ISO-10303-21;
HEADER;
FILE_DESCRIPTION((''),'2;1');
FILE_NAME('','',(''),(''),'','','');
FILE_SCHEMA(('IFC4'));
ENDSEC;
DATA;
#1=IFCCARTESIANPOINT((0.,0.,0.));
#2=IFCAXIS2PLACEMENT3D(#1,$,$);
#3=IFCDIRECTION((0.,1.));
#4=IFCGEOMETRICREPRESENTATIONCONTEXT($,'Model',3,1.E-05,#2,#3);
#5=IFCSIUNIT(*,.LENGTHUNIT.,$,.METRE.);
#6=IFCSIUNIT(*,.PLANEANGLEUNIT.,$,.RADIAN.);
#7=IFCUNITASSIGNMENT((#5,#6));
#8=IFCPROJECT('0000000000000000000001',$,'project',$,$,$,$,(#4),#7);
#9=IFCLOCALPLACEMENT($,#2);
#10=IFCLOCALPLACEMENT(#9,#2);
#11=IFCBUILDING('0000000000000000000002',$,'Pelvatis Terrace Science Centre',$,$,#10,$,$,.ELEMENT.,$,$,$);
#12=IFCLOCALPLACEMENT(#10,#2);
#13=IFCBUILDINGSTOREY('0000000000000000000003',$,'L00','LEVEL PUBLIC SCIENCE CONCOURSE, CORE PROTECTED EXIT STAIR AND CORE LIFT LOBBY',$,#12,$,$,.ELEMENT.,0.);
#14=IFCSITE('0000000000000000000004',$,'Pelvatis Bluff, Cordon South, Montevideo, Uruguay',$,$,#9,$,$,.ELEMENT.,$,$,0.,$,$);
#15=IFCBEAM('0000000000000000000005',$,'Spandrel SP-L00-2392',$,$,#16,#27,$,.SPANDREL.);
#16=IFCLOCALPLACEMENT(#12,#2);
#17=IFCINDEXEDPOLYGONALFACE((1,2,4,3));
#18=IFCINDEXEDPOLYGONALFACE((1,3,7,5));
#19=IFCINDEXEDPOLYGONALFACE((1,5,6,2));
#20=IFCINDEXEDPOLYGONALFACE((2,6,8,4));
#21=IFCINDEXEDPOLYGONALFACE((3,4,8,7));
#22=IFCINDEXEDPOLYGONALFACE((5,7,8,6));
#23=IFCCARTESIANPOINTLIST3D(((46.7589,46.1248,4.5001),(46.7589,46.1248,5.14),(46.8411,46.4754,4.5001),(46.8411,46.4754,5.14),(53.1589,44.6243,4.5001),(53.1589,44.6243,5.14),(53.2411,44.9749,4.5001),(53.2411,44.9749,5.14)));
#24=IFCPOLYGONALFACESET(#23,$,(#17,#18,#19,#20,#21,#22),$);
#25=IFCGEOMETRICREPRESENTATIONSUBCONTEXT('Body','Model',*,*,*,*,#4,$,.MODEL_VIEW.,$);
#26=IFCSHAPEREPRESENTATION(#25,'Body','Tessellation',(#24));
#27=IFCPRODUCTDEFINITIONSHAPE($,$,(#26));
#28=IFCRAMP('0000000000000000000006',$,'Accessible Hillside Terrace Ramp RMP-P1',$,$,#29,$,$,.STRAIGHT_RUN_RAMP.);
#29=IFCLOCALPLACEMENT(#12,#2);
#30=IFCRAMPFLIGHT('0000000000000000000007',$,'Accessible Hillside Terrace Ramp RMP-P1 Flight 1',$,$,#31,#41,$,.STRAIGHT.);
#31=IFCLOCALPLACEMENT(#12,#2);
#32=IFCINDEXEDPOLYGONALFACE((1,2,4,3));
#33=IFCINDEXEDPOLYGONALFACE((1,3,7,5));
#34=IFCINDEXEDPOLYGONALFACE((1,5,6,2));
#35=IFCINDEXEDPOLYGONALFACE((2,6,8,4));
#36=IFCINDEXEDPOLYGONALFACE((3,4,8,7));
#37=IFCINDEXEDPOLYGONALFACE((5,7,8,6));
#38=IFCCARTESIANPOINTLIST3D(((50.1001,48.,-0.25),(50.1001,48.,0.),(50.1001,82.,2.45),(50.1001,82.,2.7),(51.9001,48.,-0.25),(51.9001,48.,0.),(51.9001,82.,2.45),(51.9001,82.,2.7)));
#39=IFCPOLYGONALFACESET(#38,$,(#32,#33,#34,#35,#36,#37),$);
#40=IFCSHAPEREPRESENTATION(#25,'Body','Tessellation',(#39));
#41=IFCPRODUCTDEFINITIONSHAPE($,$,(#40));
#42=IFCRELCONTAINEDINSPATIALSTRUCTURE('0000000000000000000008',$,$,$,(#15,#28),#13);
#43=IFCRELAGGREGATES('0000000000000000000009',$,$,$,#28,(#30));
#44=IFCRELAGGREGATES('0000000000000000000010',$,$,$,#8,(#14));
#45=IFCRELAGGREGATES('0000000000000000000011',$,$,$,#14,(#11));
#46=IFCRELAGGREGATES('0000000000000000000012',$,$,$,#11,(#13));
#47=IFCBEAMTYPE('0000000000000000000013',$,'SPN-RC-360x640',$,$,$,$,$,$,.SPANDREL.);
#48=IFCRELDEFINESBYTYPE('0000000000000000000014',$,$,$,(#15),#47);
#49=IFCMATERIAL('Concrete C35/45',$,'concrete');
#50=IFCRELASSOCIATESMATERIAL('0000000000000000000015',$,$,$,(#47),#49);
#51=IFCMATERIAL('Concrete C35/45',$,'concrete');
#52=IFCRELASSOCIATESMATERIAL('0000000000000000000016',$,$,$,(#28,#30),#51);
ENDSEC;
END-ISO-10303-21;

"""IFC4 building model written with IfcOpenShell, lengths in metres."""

from ifc_helpers import new_model, si_unit, direction, frame, origin, origin_2d, place, context, subcontext, project, spatial, polyline, rectangle, outline, extrude, material, material_profile, profile_set, type_object, element, aggregate, save


model = new_model("IFC4")

# Units and contexts
model_context = context("Model", 3, precision=1e-05, world=origin(), true_north=direction((0.0, 1.0)))
body_context = subcontext(model_context, "Body", "Model", "MODEL_VIEW")
ifc_project = project(units=[si_unit("LENGTHUNIT", "METRE"), si_unit("PLANEANGLEUNIT", "RADIAN")], contexts=[model_context])

# Site, building, storey
site_placement = place(None, origin())
site = spatial("IfcSite", under=ifc_project, at=site_placement, Name="Pelvatis Bluff, Cordon South, Montevideo, Uruguay", CompositionType="ELEMENT", RefElevation=0.0)
building_placement = place(site_placement, origin())
building = spatial("IfcBuilding", under=site, at=building_placement, Name="Pelvatis Terrace Science Centre", CompositionType="ELEMENT")
storey_placement = place(building_placement, origin())
storey = spatial("IfcBuildingStorey", under=building, at=storey_placement, Name="L00", Description="LEVEL PUBLIC SCIENCE CONCOURSE, CORE PROTECTED EXIT STAIR AND CORE LIFT LOBBY", CompositionType="ELEMENT", Elevation=0.0)

# Beam
ifc_material_1 = material(Name="Concrete C35/45", Category="concrete")
ifc_material_profile_1 = material_profile(ifc_material_1, rectangle(XDim=0.3601, YDim=0.6399, at=origin_2d()), Name="RC-SPN 360x640")
ifc_profile_set_1 = profile_set([ifc_material_profile_1], Name="Concrete C35/45")
beam_type_1 = type_object("IfcBeamType", Name="SPN-RC-360x640", PredefinedType="SPANDREL", material=ifc_profile_set_1)
beam_1_placement = place(storey_placement, frame((53.2, 44.7996, 4.8201), z_axis=(-0.973599, 0.228265, 0.0), x_axis=(-0.228265, -0.973599, 0.0)))
element("IfcBeam", 1, at=beam_1_placement, inside=storey, type_object=beam_type_1, Name="Spandrel SP-L00-2392", PredefinedType="SPANDREL", context=body_context, shape_type="SweptSolid", body=[
    extrude(rectangle(XDim=0.3601, YDim=0.6399, at=origin_2d()), origin(), (0.0, 0.0, 1.0), 6.5735),
])

# Ramp, ramp flight
ifc_material_2 = material(Name="Concrete C35/45", Category="concrete")
ramp_placement = place(storey_placement, origin())
ramp = element("IfcRamp", 2, at=ramp_placement, inside=storey, material=ifc_material_2, Name="Accessible Hillside Terrace Ramp RMP-P1", PredefinedType="STRAIGHT_RUN_RAMP")
ramp_flight_placement = place(storey_placement, frame((51.0, 48.0, 0.0), z_axis=(0.0, 0.0, 1.0), x_axis=(0.0, 1.0, 0.0)))
ramp_flight = element("IfcRampFlight", 3, at=ramp_flight_placement, material=ifc_material_2, Name="Accessible Hillside Terrace Ramp RMP-P1 Flight 1", PredefinedType="STRAIGHT", context=body_context, shape_type="SweptSolid", body=[
    extrude(outline(polyline([(0.0, 0.0), (34.0, 2.7), (34.0, 2.45), (0.0, -0.25), (0.0, 0.0)])), frame((0.0, 0.8999, 0.0), z_axis=(0.0, -1.0, 0.0), x_axis=(1.0, 0.0, 0.0)), (0.0, 0.0, 1.0), 1.8),
])
aggregate(ramp, [ramp_flight])

save(model, "model.ifc")
